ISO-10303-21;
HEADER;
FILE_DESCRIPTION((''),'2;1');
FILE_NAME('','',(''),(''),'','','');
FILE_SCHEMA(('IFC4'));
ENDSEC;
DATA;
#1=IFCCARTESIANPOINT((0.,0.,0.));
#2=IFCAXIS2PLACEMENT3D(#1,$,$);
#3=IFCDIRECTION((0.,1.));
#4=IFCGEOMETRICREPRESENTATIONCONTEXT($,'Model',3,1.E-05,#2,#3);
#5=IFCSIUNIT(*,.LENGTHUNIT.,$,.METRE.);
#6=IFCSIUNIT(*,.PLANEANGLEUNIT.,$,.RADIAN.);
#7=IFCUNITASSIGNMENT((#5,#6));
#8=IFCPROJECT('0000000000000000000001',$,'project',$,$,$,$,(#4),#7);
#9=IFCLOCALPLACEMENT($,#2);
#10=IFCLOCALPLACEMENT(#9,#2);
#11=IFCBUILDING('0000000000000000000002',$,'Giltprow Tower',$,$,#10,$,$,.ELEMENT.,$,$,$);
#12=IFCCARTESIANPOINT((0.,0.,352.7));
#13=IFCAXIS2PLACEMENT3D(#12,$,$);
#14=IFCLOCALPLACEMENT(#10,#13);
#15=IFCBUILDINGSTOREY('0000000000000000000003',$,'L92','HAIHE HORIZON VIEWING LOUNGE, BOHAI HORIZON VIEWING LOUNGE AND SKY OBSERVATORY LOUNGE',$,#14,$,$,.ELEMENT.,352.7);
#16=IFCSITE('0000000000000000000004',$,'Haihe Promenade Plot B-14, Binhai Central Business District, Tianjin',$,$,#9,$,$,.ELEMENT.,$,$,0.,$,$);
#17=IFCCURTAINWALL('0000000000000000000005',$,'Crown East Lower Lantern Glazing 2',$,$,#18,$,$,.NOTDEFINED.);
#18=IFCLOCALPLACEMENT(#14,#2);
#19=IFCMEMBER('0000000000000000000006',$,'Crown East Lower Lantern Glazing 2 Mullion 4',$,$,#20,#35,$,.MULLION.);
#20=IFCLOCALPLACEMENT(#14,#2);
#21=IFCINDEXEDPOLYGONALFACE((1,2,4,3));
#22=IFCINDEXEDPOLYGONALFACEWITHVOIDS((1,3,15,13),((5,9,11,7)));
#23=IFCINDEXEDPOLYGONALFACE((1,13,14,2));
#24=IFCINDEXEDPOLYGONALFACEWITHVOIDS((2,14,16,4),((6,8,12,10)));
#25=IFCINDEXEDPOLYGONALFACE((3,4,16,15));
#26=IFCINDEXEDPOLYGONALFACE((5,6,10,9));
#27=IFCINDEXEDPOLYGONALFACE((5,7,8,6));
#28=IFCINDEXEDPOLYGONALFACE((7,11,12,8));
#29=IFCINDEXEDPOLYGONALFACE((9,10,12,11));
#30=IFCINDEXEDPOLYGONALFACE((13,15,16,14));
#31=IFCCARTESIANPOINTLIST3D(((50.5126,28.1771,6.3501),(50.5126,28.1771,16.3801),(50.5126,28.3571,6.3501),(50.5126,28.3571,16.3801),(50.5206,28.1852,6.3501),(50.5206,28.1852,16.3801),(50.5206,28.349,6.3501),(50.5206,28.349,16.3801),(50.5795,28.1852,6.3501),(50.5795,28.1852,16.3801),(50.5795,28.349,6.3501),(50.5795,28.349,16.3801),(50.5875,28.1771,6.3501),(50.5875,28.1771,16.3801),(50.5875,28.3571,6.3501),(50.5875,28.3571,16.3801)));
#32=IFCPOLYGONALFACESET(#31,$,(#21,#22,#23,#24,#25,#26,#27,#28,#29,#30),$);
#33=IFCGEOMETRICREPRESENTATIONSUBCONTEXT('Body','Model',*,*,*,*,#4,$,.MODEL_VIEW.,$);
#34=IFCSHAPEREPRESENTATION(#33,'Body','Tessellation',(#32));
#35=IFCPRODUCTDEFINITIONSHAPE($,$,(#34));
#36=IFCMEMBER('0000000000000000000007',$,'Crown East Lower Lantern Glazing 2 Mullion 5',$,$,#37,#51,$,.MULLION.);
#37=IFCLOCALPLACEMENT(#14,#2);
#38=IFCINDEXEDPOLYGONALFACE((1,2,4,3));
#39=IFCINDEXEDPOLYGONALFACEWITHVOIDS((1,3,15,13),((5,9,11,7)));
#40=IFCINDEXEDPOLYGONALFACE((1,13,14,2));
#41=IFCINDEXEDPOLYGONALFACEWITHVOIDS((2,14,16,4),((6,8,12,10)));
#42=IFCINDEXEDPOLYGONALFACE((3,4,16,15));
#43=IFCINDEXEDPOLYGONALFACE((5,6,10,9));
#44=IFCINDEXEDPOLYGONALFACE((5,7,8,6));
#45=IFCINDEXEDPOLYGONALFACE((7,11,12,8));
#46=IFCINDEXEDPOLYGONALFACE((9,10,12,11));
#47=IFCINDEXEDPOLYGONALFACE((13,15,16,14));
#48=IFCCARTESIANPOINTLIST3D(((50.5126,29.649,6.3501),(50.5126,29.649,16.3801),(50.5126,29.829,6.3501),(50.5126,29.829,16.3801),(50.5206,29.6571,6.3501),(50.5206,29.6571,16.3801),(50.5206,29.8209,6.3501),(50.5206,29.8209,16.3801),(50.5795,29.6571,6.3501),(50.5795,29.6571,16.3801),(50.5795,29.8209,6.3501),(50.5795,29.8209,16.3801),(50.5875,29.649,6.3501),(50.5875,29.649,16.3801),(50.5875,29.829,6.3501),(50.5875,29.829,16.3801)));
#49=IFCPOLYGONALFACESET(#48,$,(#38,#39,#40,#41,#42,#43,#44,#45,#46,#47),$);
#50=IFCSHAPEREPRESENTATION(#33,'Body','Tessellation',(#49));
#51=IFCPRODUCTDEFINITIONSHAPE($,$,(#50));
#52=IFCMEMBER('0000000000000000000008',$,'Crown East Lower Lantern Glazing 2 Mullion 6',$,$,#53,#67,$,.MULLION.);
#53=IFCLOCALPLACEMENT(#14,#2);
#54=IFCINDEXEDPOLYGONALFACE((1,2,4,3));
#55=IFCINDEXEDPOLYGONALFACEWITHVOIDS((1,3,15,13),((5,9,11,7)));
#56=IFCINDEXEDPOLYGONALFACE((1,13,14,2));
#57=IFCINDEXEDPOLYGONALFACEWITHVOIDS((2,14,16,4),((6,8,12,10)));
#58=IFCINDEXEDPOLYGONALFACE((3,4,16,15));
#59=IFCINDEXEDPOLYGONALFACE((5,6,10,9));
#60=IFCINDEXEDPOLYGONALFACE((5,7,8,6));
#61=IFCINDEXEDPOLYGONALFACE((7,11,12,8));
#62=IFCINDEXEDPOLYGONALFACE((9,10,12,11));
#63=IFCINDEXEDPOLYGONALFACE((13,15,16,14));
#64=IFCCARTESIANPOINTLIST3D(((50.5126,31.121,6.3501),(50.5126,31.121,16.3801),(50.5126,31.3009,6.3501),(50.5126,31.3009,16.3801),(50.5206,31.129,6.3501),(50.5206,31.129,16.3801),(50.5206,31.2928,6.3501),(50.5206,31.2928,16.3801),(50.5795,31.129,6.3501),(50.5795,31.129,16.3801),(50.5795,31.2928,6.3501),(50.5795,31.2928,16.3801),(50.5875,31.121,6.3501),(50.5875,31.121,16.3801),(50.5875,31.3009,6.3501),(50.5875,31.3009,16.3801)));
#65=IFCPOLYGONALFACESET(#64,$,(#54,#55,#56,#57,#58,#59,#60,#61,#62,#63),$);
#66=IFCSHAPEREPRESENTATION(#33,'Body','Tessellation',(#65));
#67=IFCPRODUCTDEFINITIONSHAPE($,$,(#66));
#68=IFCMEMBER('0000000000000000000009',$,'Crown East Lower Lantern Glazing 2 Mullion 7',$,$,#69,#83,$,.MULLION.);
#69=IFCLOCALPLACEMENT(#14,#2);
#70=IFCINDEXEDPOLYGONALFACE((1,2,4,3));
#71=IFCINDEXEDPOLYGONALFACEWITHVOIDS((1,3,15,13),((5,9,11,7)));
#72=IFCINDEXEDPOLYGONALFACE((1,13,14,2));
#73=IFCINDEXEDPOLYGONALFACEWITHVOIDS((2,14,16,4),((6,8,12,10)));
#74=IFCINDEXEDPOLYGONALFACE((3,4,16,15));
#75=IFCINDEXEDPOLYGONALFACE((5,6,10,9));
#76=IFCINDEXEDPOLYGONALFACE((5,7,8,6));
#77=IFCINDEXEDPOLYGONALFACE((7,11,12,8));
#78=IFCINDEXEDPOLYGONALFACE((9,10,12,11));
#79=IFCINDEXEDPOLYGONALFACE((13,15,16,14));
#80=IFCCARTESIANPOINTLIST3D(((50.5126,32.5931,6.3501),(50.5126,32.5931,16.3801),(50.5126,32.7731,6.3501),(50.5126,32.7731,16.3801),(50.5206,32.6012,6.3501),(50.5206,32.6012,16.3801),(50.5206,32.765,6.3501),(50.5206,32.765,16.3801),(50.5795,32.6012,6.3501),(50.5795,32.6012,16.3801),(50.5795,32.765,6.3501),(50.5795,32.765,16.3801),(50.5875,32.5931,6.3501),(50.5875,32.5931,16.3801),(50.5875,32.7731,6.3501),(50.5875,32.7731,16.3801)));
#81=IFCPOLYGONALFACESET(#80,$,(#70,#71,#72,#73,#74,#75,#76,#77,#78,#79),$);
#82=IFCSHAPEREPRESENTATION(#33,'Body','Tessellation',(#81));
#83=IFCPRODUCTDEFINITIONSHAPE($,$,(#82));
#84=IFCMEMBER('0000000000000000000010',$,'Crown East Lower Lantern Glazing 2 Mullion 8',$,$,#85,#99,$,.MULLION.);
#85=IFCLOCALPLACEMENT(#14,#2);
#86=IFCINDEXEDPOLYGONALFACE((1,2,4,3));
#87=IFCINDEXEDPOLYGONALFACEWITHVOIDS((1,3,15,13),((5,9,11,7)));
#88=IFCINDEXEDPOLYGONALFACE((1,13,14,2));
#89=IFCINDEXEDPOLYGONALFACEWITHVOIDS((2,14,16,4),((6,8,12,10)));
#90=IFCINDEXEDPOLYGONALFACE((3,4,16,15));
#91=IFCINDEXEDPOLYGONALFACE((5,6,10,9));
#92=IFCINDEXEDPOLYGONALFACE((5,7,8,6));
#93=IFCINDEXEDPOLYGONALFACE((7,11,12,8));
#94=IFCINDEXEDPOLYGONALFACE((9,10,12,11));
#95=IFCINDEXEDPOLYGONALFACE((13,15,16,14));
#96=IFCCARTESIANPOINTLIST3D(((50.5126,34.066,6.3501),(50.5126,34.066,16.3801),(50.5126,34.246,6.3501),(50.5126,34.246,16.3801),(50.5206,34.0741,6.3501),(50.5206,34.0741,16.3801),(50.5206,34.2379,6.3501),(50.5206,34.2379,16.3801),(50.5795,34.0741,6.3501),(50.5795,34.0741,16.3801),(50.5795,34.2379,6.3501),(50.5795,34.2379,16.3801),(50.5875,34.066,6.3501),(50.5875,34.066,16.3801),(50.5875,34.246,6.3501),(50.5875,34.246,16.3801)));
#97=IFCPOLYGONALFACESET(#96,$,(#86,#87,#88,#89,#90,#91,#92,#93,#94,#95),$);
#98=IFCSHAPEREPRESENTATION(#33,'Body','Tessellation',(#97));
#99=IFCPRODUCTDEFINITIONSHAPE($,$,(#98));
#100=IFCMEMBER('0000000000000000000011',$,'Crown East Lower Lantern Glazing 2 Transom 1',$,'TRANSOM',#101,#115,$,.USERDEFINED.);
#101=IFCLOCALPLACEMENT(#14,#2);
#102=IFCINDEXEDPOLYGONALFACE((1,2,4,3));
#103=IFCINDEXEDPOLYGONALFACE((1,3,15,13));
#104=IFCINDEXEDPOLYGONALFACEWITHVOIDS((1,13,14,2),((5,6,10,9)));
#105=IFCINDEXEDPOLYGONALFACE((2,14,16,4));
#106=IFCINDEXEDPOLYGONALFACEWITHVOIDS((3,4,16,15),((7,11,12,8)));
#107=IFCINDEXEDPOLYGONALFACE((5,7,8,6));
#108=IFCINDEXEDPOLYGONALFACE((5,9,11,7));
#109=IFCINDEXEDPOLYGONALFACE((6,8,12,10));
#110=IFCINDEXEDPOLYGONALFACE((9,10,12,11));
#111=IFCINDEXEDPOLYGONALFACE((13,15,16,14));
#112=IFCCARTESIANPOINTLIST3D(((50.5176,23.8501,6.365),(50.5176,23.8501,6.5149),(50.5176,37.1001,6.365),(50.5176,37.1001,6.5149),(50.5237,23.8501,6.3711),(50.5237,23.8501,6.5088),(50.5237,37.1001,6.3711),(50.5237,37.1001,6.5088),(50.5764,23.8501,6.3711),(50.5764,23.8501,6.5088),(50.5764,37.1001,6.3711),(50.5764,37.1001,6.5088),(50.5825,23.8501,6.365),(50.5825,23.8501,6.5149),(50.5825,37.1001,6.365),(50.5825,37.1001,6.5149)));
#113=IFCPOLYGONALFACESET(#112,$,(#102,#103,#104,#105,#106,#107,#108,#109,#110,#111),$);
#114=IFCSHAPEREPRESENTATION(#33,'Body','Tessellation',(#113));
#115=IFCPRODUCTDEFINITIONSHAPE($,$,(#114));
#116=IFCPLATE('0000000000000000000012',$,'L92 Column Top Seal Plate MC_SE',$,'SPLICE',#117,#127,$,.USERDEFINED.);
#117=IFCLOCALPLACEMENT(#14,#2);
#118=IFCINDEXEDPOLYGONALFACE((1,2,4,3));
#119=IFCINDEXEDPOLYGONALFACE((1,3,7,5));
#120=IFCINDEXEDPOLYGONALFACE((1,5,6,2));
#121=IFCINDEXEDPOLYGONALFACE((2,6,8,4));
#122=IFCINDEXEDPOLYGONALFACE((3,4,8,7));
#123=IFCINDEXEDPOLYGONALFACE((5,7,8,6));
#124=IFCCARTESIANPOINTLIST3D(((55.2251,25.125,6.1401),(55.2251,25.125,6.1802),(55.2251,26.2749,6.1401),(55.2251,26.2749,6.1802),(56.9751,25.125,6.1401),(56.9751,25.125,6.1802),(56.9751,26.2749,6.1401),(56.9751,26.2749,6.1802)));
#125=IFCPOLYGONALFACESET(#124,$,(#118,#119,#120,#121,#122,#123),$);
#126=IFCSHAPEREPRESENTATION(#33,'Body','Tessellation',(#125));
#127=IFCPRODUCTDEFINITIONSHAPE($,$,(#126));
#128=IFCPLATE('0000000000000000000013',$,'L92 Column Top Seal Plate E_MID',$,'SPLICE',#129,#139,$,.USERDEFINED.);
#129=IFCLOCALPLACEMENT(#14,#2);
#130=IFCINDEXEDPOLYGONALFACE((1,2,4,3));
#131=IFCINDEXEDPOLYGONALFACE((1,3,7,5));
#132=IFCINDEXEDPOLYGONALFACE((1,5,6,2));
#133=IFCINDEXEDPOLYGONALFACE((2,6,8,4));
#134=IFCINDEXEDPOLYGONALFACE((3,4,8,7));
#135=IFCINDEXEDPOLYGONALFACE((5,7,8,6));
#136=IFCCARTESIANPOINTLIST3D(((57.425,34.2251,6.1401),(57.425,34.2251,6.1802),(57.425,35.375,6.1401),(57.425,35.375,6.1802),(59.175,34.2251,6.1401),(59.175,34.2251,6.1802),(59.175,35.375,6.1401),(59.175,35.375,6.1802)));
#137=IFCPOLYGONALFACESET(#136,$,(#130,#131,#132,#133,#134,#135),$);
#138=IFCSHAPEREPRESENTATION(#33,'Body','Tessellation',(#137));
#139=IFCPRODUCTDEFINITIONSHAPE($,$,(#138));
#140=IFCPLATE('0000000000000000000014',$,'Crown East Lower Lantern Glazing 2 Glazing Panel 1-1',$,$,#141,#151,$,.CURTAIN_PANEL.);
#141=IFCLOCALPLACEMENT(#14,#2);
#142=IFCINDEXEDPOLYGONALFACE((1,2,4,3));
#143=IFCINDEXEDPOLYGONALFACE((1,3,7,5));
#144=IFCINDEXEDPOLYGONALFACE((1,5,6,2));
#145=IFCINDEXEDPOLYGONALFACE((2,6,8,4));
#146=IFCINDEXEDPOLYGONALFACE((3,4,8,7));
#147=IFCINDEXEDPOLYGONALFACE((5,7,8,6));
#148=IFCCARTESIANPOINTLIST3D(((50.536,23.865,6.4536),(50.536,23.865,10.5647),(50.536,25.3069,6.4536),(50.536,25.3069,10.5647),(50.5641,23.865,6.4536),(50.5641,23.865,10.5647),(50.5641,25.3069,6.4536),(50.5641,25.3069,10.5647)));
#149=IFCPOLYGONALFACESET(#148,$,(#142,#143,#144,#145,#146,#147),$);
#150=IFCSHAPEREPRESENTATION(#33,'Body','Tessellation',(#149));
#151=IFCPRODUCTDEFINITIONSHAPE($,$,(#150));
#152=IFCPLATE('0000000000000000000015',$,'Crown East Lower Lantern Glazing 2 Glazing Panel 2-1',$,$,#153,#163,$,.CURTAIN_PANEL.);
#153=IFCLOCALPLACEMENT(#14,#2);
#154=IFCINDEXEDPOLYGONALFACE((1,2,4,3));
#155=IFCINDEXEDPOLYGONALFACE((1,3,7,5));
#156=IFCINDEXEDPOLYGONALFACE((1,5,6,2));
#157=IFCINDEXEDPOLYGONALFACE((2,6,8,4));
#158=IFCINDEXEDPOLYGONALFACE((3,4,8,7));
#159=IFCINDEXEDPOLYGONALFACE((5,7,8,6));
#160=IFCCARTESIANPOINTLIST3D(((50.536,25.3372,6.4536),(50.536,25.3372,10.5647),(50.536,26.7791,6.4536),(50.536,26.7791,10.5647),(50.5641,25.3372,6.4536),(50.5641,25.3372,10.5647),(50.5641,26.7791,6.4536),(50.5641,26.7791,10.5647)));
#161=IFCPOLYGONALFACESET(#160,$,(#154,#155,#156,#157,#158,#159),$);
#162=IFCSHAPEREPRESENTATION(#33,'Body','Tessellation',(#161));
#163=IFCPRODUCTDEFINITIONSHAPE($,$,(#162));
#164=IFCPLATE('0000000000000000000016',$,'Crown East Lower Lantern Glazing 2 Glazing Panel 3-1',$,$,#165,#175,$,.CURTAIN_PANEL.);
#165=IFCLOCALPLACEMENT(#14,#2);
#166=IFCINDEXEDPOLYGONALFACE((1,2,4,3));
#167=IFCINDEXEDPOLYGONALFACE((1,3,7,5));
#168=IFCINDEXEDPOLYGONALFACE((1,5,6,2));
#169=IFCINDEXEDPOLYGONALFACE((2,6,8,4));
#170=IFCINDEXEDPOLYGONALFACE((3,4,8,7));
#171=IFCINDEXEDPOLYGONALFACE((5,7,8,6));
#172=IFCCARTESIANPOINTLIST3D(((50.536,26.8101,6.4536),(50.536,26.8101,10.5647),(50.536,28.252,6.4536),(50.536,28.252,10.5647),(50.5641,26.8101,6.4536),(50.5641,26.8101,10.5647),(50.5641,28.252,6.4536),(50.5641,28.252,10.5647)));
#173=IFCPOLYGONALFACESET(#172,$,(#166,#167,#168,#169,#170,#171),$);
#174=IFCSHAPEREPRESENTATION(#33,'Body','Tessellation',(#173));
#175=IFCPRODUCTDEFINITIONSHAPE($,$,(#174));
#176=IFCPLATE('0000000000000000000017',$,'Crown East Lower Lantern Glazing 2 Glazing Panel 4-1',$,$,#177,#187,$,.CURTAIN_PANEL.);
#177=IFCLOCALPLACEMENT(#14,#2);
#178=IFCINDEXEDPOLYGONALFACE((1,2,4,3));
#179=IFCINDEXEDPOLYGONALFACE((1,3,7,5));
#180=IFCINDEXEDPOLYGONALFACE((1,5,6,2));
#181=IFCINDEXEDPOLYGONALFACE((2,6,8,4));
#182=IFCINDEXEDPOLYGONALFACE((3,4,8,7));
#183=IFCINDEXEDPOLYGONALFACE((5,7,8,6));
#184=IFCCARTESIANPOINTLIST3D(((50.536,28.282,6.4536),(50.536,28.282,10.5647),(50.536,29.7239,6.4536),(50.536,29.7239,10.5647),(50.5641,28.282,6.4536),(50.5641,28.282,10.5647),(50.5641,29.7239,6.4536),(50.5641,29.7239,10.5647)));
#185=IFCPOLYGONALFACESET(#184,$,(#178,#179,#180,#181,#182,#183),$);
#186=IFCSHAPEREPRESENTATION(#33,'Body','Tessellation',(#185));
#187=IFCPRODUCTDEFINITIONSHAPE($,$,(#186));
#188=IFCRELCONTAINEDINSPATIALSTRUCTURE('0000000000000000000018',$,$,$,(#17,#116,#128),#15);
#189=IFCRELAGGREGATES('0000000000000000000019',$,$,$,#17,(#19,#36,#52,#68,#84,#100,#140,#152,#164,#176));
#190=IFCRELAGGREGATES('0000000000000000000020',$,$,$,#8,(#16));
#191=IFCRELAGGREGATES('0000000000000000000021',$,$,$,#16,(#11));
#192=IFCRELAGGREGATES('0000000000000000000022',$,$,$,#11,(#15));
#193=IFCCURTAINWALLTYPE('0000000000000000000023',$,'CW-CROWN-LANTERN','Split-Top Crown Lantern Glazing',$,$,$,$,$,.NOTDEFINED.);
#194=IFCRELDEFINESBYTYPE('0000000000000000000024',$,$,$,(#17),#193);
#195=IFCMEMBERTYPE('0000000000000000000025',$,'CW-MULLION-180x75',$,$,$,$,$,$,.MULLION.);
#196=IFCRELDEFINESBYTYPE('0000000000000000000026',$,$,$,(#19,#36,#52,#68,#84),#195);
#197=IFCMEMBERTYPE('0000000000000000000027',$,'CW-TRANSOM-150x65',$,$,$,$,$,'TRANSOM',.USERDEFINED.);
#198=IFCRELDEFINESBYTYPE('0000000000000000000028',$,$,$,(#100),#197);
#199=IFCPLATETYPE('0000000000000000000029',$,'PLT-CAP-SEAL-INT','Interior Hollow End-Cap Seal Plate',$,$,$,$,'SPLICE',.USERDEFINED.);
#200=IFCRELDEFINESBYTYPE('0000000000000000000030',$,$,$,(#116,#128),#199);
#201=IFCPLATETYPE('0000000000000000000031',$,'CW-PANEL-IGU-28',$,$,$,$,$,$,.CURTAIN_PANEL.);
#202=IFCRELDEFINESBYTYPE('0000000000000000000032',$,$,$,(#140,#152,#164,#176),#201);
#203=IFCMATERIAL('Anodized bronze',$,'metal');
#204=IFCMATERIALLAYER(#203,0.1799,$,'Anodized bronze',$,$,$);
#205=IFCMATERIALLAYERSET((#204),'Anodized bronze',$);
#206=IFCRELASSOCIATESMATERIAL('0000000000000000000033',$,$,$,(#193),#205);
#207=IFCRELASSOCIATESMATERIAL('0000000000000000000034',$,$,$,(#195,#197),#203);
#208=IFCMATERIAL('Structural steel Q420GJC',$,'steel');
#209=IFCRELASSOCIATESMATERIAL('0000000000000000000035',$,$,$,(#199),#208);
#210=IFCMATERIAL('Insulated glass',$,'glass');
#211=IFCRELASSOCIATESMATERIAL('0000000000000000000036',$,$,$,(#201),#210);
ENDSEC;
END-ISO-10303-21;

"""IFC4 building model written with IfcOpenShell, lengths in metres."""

from ifc_helpers import new_model, si_unit, direction, frame, origin, origin_2d, place, context, subcontext, project, spatial, rectangle, hollow_rectangle, extrude, source, transform, mapped, material, layer, layer_set, material_profile, profile_set, type_object, element, aggregate, save


model = new_model("IFC4")

# Units and contexts
model_context = context("Model", 3, precision=1e-05, world=origin(), true_north=direction((0.0, 1.0)))
body_context = subcontext(model_context, "Body", "Model", "MODEL_VIEW")
ifc_project = project(units=[si_unit("LENGTHUNIT", "METRE"), si_unit("PLANEANGLEUNIT", "RADIAN")], contexts=[model_context])

# Site, building, storey
site_placement = place(None, origin())
site = spatial("IfcSite", under=ifc_project, at=site_placement, Name="Haihe Promenade Plot B-14, Binhai Central Business District, Tianjin", CompositionType="ELEMENT", RefElevation=0.0)
building_placement = place(site_placement, origin())
building = spatial("IfcBuilding", under=site, at=building_placement, Name="Giltprow Tower", CompositionType="ELEMENT")
storey_placement = place(building_placement, frame((0.0, 0.0, 352.7)))
storey = spatial("IfcBuildingStorey", under=building, at=storey_placement, Name="L92", Description="HAIHE HORIZON VIEWING LOUNGE, BOHAI HORIZON VIEWING LOUNGE AND SKY OBSERVATORY LOUNGE", CompositionType="ELEMENT", Elevation=352.7)

# Shared definitions
ifc_material_1 = material(Name="Structural steel Q420GJC", Category="steel")

# Curtain wall, members
ifc_material_2 = material(Name="Anodized bronze", Category="metal")
ifc_layer_1 = layer(ifc_material_2, 0.1799, Name="Anodized bronze")
ifc_layer_set_1 = layer_set([ifc_layer_1], Name="Anodized bronze")
curtain_wall_type = type_object("IfcCurtainWallType", Name="CW-CROWN-LANTERN", Description="Split-Top Crown Lantern Glazing", PredefinedType="NOTDEFINED", material=ifc_layer_set_1)
curtain_wall_placement = place(storey_placement, origin())
curtain_wall = element("IfcCurtainWall", 1, at=curtain_wall_placement, inside=storey, type_object=curtain_wall_type, Name="Crown East Lower Lantern Glazing 2", PredefinedType="NOTDEFINED")
ifc_material_profile_1 = material_profile(ifc_material_2, hollow_rectangle(XDim=0.075, YDim=0.1799, WallThickness=0.0081, at=origin_2d()), Name="RHS 180x75x8")
ifc_profile_set_1 = profile_set([ifc_material_profile_1], Name="Anodized bronze")
member_type_1 = type_object("IfcMemberType", Name="CW-MULLION-180x75", PredefinedType="MULLION", material=ifc_profile_set_1)
shared_shape_1 = source(origin(), body_context, "Body", "SweptSolid", [
    extrude(hollow_rectangle(XDim=0.075, YDim=0.1799, WallThickness=0.0081, at=origin_2d()), origin(), (0.0, 0.0, 1.0), 10.03),
])
member_1_placement = place(storey_placement, frame((50.55, 28.2671, 6.3501), z_axis=(0.0, 0.0, 1.0), x_axis=(1.0, 0.0, 0.0)))
member_1 = element("IfcMember", 2, at=member_1_placement, type_object=member_type_1, Name="Crown East Lower Lantern Glazing 2 Mullion 4", PredefinedType="MULLION", context=body_context, shape_type="MappedRepresentation", body=[
    mapped(shared_shape_1, transform((0.0, 0.0, 0.0), x_axis=(1.0, 0.0, 0.0), y_axis=(0.0, 1.0, 0.0), z_axis=(0.0, 0.0, 1.0), scale=1.0)),
])
member_2_placement = place(storey_placement, frame((50.55, 29.739, 6.3501), z_axis=(0.0, 0.0, 1.0), x_axis=(1.0, 0.0, 0.0)))
member_2 = element("IfcMember", 3, at=member_2_placement, type_object=member_type_1, Name="Crown East Lower Lantern Glazing 2 Mullion 5", PredefinedType="MULLION", context=body_context, shape_type="MappedRepresentation", body=[
    mapped(shared_shape_1, transform((0.0, 0.0, 0.0), x_axis=(1.0, 0.0, 0.0), y_axis=(0.0, 1.0, 0.0), z_axis=(0.0, 0.0, 1.0), scale=1.0)),
])
member_3_placement = place(storey_placement, frame((50.55, 31.2109, 6.3501), z_axis=(0.0, 0.0, 1.0), x_axis=(1.0, 0.0, 0.0)))
member_3 = element("IfcMember", 4, at=member_3_placement, type_object=member_type_1, Name="Crown East Lower Lantern Glazing 2 Mullion 6", PredefinedType="MULLION", context=body_context, shape_type="MappedRepresentation", body=[
    mapped(shared_shape_1, transform((0.0, 0.0, 0.0), x_axis=(1.0, 0.0, 0.0), y_axis=(0.0, 1.0, 0.0), z_axis=(0.0, 0.0, 1.0), scale=1.0)),
])
member_4_placement = place(storey_placement, frame((50.55, 32.6831, 6.3501), z_axis=(0.0, 0.0, 1.0), x_axis=(1.0, 0.0, 0.0)))
member_4 = element("IfcMember", 5, at=member_4_placement, type_object=member_type_1, Name="Crown East Lower Lantern Glazing 2 Mullion 7", PredefinedType="MULLION", context=body_context, shape_type="MappedRepresentation", body=[
    mapped(shared_shape_1, transform((0.0, 0.0, 0.0), x_axis=(1.0, 0.0, 0.0), y_axis=(0.0, 1.0, 0.0), z_axis=(0.0, 0.0, 1.0), scale=1.0)),
])
member_5_placement = place(storey_placement, frame((50.55, 34.156, 6.3501), z_axis=(0.0, 0.0, 1.0), x_axis=(1.0, 0.0, 0.0)))
member_5 = element("IfcMember", 6, at=member_5_placement, type_object=member_type_1, Name="Crown East Lower Lantern Glazing 2 Mullion 8", PredefinedType="MULLION", context=body_context, shape_type="MappedRepresentation", body=[
    mapped(shared_shape_1, transform((0.0, 0.0, 0.0), x_axis=(1.0, 0.0, 0.0), y_axis=(0.0, 1.0, 0.0), z_axis=(0.0, 0.0, 1.0), scale=1.0)),
])
ifc_material_profile_2 = material_profile(ifc_material_2, hollow_rectangle(XDim=0.0649, YDim=0.1499, WallThickness=0.0061, at=origin_2d()), Name="RHS 150x65x6")
ifc_profile_set_2 = profile_set([ifc_material_profile_2], Name="Anodized bronze")
member_type_2 = type_object("IfcMemberType", Name="CW-TRANSOM-150x65", ElementType="TRANSOM", PredefinedType="USERDEFINED", material=ifc_profile_set_2)
shared_shape_2 = source(origin(), body_context, "Body", "SweptSolid", [
    extrude(hollow_rectangle(XDim=0.0649, YDim=0.1499, WallThickness=0.0061, at=origin_2d()), origin(), (0.0, 0.0, 1.0), 13.25),
])
member_6_placement = place(storey_placement, frame((50.55, 23.8501, 6.4399), z_axis=(0.0, 1.0, 0.0), x_axis=(-1.0, 0.0, 0.0)))
member_6 = element("IfcMember", 7, at=member_6_placement, type_object=member_type_2, Name="Crown East Lower Lantern Glazing 2 Transom 1", ObjectType="TRANSOM", PredefinedType="USERDEFINED", context=body_context, shape_type="MappedRepresentation", body=[
    mapped(shared_shape_2, transform((0.0, 0.0, 0.0), x_axis=(1.0, 0.0, 0.0), y_axis=(0.0, 1.0, 0.0), z_axis=(0.0, 0.0, 1.0), scale=1.0)),
])

# Plates
plate_type_1 = type_object("IfcPlateType", Name="PLT-CAP-SEAL-INT", Description="Interior Hollow End-Cap Seal Plate", ElementType="SPLICE", PredefinedType="USERDEFINED", material=ifc_material_1)
shared_shape_3 = source(origin(), body_context, "Body", "SweptSolid", [
    extrude(rectangle(XDim=1.75, YDim=1.1499, at=origin_2d()), origin(), (0.0, 0.0, 1.0), 0.04),
])
for number, where, z_axis, x_axis, name in (
    (8, (56.1001, 25.7, 6.1401), (0.0, 0.0, 1.0), (1.0, 0.0, 0.0), "L92 Column Top Seal Plate MC_SE"),
    (9, (58.3, 34.8, 6.1401), (0.0, 0.0, 1.0), (1.0, 0.0, 0.0), "L92 Column Top Seal Plate E_MID"),
):
    element("IfcPlate", number, at=place(storey_placement, frame(where, z_axis=z_axis, x_axis=x_axis)), inside=storey, type_object=plate_type_1, Name=name, ObjectType="SPLICE", PredefinedType="USERDEFINED", context=body_context, shape_type="MappedRepresentation", body=[
        mapped(shared_shape_3, transform((0.0, 0.0, 0.0), x_axis=(1.0, 0.0, 0.0), y_axis=(0.0, 1.0, 0.0), z_axis=(0.0, 0.0, 1.0), scale=1.0)),
    ])

# Plates
ifc_material_3 = material(Name="Insulated glass", Category="glass")
plate_type_2 = type_object("IfcPlateType", Name="CW-PANEL-IGU-28", PredefinedType="CURTAIN_PANEL", material=ifc_material_3)
shared_shape_4 = source(origin(), body_context, "Body", "SweptSolid", [
    extrude(rectangle(XDim=1.4419, YDim=0.0281, at=origin_2d()), origin(), (0.0, 0.0, 1.0), 4.1111),
])
plate_1_placement = place(storey_placement, frame((50.55, 24.5859, 6.4536), z_axis=(0.0, 0.0, 1.0), x_axis=(0.0, 1.0, 0.0)))
plate_1 = element("IfcPlate", 10, at=plate_1_placement, type_object=plate_type_2, Name="Crown East Lower Lantern Glazing 2 Glazing Panel 1-1", PredefinedType="CURTAIN_PANEL", context=body_context, shape_type="MappedRepresentation", body=[
    mapped(shared_shape_4, transform((0.0, 0.0, 0.0), x_axis=(1.0, 0.0, 0.0), y_axis=(0.0, 1.0, 0.0), z_axis=(0.0, 0.0, 1.0), scale=1.0)),
])
plate_2_placement = place(storey_placement, frame((50.55, 26.0581, 6.4536), z_axis=(0.0, 0.0, 1.0), x_axis=(0.0, 1.0, 0.0)))
plate_2 = element("IfcPlate", 11, at=plate_2_placement, type_object=plate_type_2, Name="Crown East Lower Lantern Glazing 2 Glazing Panel 2-1", PredefinedType="CURTAIN_PANEL", context=body_context, shape_type="MappedRepresentation", body=[
    mapped(shared_shape_4, transform((0.0, 0.0, 0.0), x_axis=(1.0, 0.0, 0.0), y_axis=(0.0, 1.0, 0.0), z_axis=(0.0, 0.0, 1.0), scale=1.0)),
])
plate_3_placement = place(storey_placement, frame((50.55, 27.531, 6.4536), z_axis=(0.0, 0.0, 1.0), x_axis=(0.0, 1.0, 0.0)))
plate_3 = element("IfcPlate", 12, at=plate_3_placement, type_object=plate_type_2, Name="Crown East Lower Lantern Glazing 2 Glazing Panel 3-1", PredefinedType="CURTAIN_PANEL", context=body_context, shape_type="MappedRepresentation", body=[
    mapped(shared_shape_4, transform((0.0, 0.0, 0.0), x_axis=(1.0, 0.0, 0.0), y_axis=(0.0, 1.0, 0.0), z_axis=(0.0, 0.0, 1.0), scale=1.0)),
])
plate_4_placement = place(storey_placement, frame((50.55, 29.0029, 6.4536), z_axis=(0.0, 0.0, 1.0), x_axis=(0.0, 1.0, 0.0)))
plate_4 = element("IfcPlate", 13, at=plate_4_placement, type_object=plate_type_2, Name="Crown East Lower Lantern Glazing 2 Glazing Panel 4-1", PredefinedType="CURTAIN_PANEL", context=body_context, shape_type="MappedRepresentation", body=[
    mapped(shared_shape_4, transform((0.0, 0.0, 0.0), x_axis=(1.0, 0.0, 0.0), y_axis=(0.0, 1.0, 0.0), z_axis=(0.0, 0.0, 1.0), scale=1.0)),
])
aggregate(curtain_wall, [member_1, member_2, member_3, member_4, member_5, member_6, plate_1, plate_2, plate_3, plate_4])

save(model, "model.ifc")
